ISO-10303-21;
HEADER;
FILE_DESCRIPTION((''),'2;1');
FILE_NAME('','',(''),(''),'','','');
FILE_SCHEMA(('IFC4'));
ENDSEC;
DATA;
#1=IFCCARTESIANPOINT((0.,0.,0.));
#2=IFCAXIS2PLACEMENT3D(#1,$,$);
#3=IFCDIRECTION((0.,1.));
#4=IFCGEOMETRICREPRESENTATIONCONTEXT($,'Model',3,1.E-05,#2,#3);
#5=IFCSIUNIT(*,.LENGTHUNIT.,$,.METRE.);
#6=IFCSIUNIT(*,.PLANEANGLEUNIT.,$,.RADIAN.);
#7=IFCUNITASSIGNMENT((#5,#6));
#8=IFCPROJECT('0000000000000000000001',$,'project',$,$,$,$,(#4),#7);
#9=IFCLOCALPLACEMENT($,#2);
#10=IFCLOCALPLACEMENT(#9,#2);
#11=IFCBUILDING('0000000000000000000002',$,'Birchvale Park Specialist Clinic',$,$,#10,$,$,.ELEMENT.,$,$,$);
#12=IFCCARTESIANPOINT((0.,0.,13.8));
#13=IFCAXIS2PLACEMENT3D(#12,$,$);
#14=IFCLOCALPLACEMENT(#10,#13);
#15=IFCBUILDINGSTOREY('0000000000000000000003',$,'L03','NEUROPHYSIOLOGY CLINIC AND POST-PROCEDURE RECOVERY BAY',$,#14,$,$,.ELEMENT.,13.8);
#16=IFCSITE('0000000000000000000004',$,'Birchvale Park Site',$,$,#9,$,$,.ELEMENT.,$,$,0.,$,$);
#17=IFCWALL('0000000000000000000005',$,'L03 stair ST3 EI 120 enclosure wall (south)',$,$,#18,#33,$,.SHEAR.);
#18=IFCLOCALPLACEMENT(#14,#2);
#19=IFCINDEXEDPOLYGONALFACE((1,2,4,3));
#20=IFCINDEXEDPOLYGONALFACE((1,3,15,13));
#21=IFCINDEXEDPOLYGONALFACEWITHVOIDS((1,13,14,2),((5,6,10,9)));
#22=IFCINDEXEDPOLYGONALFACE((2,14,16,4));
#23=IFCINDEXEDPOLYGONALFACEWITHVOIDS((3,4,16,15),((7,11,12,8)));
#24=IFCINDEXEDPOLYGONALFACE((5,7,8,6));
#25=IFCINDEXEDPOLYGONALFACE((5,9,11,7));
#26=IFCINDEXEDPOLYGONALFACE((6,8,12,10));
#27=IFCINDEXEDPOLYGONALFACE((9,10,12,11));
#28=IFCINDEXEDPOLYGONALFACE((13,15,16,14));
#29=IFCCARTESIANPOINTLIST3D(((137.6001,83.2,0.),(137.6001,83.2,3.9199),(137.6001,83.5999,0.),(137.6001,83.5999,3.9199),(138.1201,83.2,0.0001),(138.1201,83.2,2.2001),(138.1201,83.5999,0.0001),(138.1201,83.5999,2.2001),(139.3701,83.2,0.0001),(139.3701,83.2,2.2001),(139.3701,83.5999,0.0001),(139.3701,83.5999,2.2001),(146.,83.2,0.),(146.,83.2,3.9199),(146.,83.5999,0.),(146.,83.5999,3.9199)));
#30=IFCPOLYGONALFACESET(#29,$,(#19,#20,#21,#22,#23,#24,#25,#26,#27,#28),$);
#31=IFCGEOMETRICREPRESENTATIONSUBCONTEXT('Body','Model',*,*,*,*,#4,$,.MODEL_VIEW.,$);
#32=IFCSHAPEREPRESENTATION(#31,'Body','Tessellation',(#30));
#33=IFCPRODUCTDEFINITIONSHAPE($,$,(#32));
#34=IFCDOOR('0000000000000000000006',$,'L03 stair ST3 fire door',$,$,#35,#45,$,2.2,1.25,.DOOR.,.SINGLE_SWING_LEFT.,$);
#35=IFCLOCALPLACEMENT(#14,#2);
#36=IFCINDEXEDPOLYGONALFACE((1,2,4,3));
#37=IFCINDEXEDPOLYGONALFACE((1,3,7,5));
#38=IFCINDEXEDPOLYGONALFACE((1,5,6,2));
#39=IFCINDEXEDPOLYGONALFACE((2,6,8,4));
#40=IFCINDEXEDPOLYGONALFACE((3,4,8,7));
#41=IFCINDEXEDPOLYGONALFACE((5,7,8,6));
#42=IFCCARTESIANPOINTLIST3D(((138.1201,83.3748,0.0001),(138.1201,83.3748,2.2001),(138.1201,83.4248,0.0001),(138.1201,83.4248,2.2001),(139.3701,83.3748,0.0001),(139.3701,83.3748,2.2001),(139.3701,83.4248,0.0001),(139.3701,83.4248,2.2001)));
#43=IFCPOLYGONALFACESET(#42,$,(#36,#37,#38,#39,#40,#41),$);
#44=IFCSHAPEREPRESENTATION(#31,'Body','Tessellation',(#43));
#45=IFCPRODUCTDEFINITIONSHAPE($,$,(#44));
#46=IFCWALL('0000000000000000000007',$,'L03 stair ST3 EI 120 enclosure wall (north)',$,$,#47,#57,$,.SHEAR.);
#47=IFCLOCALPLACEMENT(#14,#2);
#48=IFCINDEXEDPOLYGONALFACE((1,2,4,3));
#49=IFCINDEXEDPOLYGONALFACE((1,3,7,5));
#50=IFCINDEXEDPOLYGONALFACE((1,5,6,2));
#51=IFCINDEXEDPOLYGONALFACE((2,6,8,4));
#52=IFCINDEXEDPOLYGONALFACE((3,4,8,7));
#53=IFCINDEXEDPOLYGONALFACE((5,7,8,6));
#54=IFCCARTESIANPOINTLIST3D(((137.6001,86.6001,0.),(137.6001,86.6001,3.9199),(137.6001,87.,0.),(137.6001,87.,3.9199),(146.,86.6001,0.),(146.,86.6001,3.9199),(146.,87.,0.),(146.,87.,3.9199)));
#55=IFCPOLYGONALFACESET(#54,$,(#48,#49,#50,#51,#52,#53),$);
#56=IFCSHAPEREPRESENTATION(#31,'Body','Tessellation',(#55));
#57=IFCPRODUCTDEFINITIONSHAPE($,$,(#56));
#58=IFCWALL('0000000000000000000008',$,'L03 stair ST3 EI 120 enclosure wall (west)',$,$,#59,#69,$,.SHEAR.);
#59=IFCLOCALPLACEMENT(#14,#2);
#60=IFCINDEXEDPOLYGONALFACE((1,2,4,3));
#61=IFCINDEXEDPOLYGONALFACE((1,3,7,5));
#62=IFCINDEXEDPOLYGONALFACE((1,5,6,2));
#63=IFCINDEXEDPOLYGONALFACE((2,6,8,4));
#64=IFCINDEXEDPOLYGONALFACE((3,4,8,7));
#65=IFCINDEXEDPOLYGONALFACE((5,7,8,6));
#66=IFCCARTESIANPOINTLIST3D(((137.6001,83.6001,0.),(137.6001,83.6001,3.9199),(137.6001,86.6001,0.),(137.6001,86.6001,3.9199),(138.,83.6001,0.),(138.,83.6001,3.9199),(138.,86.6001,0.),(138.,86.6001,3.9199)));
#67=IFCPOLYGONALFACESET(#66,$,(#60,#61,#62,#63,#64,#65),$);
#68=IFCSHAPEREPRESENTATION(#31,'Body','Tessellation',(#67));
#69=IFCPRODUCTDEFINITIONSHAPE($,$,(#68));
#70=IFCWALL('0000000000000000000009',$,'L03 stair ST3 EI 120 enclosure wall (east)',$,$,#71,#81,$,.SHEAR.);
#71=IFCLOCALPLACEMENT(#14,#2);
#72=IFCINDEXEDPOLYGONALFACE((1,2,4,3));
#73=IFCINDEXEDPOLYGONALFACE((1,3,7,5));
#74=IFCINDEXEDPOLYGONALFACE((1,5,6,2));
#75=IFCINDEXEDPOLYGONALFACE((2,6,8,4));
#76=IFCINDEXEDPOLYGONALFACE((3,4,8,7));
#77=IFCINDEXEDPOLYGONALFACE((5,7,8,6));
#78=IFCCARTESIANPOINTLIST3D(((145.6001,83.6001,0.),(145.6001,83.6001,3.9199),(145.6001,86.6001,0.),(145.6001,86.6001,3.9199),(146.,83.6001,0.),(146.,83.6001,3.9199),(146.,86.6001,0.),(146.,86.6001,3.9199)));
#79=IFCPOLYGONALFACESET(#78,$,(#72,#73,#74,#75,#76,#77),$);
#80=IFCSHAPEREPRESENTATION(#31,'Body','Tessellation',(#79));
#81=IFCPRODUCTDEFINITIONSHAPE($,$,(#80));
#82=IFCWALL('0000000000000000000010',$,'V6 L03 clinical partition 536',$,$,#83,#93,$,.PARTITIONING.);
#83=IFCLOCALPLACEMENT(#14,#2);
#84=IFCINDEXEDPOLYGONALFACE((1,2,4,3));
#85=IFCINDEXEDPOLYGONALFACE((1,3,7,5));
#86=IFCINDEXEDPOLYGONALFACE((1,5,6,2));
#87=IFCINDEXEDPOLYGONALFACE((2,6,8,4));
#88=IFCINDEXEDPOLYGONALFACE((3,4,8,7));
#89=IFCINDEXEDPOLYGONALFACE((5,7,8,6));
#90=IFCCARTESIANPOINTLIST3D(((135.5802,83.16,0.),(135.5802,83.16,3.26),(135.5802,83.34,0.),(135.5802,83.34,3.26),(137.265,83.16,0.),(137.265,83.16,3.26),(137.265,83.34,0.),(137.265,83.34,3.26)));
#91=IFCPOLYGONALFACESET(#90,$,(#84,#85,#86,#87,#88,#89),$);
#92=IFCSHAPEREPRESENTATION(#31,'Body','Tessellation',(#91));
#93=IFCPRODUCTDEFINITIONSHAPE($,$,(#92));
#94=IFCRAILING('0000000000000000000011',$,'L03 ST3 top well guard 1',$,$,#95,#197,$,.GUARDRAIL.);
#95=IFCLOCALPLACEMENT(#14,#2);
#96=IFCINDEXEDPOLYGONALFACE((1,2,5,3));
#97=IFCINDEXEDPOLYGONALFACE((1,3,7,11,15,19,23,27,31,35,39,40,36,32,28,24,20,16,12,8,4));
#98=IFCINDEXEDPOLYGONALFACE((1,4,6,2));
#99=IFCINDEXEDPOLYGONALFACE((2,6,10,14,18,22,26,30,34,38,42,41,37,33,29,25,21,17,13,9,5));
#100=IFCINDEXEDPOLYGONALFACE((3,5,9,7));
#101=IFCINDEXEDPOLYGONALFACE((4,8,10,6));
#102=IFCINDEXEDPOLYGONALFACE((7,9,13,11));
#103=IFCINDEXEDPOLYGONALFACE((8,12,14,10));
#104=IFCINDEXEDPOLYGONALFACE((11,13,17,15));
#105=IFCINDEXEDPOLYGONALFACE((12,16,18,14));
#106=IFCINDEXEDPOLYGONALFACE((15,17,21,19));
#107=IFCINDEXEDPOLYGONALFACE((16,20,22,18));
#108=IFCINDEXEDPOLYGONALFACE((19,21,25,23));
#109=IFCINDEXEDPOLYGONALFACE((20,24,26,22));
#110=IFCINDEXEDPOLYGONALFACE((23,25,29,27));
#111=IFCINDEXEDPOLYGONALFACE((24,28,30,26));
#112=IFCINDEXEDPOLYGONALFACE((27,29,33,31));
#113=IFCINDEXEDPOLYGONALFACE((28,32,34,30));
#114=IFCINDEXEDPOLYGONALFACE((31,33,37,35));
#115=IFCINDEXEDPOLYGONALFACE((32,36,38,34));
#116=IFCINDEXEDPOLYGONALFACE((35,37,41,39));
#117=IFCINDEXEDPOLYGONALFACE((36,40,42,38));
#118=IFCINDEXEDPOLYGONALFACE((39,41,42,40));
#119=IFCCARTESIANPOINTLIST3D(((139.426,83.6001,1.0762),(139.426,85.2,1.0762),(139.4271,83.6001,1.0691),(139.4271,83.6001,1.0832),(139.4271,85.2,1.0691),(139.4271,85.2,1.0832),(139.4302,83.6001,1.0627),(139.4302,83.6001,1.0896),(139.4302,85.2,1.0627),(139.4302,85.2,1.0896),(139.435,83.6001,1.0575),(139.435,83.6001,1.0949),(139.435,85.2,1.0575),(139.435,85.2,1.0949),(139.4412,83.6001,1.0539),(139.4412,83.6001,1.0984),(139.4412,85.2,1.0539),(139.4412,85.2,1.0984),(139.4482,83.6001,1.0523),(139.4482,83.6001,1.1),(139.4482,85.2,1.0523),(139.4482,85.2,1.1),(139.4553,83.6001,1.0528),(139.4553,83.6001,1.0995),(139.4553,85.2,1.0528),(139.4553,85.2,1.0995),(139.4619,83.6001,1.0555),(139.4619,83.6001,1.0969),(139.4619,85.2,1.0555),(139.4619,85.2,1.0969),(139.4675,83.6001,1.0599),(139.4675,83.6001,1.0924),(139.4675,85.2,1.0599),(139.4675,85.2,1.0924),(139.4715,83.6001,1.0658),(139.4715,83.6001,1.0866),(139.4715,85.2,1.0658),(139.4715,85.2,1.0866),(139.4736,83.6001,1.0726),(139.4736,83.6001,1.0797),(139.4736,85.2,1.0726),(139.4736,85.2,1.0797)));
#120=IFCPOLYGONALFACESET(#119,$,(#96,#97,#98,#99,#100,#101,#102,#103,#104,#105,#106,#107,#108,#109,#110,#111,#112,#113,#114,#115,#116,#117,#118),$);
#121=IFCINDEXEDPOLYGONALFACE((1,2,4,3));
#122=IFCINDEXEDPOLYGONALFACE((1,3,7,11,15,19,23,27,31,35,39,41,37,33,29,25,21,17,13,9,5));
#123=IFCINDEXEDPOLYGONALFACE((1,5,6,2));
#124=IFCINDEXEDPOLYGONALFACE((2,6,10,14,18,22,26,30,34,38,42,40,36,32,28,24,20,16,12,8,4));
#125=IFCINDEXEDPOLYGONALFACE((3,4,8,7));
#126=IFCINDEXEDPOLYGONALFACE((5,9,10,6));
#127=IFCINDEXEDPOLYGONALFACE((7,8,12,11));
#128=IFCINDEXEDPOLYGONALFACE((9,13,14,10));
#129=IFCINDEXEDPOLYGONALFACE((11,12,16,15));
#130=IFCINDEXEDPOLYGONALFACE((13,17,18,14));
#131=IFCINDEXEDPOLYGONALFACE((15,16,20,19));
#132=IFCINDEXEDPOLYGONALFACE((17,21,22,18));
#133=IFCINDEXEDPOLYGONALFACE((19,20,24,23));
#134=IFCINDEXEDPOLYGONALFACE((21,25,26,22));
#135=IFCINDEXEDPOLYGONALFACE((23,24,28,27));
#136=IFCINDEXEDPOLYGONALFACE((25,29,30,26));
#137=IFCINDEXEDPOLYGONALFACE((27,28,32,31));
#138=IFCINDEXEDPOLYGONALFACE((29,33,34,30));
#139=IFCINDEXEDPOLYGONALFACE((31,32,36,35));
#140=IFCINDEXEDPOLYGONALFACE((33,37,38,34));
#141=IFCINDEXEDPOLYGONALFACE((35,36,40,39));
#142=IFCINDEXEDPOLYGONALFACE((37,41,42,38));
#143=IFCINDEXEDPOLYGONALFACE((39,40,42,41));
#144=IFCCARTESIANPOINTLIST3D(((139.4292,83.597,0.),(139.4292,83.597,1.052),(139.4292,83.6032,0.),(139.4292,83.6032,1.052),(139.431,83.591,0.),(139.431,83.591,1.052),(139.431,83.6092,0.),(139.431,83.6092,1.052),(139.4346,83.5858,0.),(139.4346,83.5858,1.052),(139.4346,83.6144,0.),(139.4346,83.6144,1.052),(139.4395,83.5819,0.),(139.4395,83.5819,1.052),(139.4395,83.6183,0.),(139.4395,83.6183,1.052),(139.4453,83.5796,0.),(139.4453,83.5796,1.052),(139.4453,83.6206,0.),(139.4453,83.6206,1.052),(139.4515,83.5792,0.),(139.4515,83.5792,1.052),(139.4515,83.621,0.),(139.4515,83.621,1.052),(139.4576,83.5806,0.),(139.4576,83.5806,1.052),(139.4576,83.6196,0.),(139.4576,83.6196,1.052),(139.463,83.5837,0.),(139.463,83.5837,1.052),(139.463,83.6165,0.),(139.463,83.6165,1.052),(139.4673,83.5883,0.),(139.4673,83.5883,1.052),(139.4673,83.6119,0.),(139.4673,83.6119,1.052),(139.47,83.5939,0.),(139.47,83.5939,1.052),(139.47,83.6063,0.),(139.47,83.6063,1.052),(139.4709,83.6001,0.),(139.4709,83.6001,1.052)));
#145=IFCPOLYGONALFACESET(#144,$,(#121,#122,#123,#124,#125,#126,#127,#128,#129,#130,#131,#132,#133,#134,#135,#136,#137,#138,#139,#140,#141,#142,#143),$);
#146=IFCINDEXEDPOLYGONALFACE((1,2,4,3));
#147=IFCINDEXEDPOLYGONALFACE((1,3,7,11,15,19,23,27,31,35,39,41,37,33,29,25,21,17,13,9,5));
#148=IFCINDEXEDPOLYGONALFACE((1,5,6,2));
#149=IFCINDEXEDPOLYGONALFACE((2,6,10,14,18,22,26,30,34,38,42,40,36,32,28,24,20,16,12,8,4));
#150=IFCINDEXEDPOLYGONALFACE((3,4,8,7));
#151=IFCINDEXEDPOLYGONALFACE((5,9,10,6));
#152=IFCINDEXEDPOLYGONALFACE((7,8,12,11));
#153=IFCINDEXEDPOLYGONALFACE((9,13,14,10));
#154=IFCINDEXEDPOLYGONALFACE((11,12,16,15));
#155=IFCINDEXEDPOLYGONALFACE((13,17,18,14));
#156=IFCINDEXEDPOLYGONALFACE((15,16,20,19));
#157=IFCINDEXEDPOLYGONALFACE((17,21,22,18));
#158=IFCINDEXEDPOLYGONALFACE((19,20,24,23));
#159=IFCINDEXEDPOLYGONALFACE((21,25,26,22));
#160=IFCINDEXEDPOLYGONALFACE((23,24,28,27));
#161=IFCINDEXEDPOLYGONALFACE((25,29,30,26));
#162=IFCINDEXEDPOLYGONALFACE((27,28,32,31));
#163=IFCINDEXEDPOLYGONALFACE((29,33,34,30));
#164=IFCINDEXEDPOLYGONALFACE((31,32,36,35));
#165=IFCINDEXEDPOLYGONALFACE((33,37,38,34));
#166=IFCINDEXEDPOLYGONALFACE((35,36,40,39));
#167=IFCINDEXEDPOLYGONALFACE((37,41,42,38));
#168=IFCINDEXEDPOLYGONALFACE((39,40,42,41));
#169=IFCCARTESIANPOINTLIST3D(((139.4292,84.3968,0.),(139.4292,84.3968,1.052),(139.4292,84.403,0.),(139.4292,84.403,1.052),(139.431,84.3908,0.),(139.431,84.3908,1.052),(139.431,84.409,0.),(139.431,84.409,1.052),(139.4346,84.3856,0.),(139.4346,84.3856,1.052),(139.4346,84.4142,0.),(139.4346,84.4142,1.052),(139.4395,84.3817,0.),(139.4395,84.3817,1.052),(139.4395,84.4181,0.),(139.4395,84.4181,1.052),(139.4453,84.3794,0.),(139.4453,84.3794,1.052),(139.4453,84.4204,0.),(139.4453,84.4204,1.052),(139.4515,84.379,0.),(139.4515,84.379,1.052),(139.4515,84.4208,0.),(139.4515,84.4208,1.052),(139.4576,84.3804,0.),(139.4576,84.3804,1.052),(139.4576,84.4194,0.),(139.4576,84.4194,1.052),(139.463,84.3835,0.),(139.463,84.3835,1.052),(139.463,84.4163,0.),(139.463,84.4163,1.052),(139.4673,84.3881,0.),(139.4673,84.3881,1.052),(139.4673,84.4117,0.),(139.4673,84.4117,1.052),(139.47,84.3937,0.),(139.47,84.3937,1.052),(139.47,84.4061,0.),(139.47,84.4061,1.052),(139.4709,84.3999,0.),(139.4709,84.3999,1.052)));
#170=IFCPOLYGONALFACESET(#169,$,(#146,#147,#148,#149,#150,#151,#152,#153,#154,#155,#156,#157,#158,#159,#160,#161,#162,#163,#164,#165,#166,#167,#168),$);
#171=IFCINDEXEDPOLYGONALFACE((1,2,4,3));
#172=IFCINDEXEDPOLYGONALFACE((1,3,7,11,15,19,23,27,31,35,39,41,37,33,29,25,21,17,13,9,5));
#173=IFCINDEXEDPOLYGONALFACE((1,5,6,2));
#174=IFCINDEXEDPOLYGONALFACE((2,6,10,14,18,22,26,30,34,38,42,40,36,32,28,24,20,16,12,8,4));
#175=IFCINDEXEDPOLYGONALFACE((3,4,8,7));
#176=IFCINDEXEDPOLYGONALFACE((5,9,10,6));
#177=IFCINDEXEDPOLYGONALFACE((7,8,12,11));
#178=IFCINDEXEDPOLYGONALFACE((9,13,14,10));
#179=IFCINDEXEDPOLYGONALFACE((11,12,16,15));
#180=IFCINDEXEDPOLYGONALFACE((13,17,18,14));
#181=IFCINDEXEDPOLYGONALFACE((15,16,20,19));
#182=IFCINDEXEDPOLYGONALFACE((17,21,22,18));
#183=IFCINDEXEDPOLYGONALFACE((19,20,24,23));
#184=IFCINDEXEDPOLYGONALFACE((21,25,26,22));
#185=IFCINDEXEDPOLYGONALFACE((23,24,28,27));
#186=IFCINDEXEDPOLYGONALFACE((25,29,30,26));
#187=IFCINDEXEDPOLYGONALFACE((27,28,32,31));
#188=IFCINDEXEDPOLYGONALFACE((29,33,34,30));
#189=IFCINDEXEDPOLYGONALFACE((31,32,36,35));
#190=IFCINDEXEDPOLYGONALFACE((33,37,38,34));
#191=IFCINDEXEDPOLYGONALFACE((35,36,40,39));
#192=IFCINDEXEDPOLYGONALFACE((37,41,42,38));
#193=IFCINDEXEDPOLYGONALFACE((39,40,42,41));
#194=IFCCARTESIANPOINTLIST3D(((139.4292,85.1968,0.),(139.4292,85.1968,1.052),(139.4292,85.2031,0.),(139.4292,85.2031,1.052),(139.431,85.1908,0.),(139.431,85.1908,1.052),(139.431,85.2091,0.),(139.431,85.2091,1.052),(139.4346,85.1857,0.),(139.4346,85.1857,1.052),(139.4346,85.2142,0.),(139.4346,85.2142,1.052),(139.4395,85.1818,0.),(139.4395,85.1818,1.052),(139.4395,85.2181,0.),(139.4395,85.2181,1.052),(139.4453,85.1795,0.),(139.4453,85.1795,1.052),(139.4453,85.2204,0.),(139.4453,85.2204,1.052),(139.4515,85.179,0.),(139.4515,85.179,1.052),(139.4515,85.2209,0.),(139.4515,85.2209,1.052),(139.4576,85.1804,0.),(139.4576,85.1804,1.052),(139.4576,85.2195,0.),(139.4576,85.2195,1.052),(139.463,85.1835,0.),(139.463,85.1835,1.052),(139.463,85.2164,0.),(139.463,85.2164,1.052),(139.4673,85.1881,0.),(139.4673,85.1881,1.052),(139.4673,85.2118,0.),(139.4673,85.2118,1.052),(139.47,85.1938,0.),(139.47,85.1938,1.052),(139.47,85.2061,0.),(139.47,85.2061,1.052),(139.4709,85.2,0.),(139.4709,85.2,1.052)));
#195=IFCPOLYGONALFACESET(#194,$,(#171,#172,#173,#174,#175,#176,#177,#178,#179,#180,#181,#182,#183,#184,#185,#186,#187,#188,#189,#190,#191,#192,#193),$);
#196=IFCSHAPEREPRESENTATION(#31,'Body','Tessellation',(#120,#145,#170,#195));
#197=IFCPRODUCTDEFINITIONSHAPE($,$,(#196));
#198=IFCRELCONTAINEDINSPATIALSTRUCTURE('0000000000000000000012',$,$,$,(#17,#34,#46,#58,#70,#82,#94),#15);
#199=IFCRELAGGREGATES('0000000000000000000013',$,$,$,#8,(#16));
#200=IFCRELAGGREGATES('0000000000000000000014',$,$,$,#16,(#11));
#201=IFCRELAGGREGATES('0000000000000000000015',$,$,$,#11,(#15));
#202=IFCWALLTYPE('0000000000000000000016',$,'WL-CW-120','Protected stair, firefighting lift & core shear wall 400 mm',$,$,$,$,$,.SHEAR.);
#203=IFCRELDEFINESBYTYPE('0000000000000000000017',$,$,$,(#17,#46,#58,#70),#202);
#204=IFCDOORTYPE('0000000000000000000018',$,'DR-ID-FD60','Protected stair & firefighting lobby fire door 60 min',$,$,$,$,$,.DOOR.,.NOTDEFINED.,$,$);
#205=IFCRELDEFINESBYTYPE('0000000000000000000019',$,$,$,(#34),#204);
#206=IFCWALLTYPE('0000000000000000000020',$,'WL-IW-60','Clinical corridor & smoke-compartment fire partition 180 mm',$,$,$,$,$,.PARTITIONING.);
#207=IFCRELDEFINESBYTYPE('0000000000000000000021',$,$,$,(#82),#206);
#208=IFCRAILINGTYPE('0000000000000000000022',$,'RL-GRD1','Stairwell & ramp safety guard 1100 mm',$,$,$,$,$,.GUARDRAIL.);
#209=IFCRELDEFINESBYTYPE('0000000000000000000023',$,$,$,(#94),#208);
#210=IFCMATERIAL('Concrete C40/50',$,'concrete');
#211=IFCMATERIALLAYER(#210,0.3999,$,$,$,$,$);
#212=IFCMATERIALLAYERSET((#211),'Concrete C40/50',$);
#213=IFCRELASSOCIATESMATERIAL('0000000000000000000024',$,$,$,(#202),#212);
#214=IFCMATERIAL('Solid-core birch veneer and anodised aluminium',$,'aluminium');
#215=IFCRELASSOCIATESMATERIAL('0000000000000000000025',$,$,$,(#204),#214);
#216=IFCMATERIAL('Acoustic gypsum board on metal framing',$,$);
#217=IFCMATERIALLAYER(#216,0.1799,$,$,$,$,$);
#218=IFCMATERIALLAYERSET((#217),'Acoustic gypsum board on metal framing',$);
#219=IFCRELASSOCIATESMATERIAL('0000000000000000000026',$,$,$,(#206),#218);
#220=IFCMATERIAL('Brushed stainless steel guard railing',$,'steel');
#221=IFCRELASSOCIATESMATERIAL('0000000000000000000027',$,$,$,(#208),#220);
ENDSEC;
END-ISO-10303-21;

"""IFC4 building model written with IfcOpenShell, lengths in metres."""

from ifc_helpers import new_model, si_unit, direction, frame, frame_2d, origin, origin_2d, place, context, subcontext, project, spatial, rectangle, circle, extrude, material, layer, layer_set, type_object, element, fill, save


model = new_model("IFC4")

# Units and contexts
model_context = context("Model", 3, precision=1e-05, world=origin(), true_north=direction((0.0, 1.0)))
body_context = subcontext(model_context, "Body", "Model", "MODEL_VIEW")
ifc_project = project(units=[si_unit("LENGTHUNIT", "METRE"), si_unit("PLANEANGLEUNIT", "RADIAN")], contexts=[model_context])

# Site, building, storey
site_placement = place(None, origin())
site = spatial("IfcSite", under=ifc_project, at=site_placement, Name="Birchvale Park Site", CompositionType="ELEMENT", RefElevation=0.0)
building_placement = place(site_placement, origin())
building = spatial("IfcBuilding", under=site, at=building_placement, Name="Birchvale Park Specialist Clinic", CompositionType="ELEMENT")
storey_placement = place(building_placement, frame((0.0, 0.0, 13.8)))
storey = spatial("IfcBuildingStorey", under=building, at=storey_placement, Name="L03", Description="NEUROPHYSIOLOGY CLINIC AND POST-PROCEDURE RECOVERY BAY", CompositionType="ELEMENT", Elevation=13.8)

# Shared definitions
ifc_material_1 = material(Name="Concrete C40/50", Category="concrete")

# Wall, opening, door
ifc_layer_1 = layer(ifc_material_1, 0.3999)
ifc_layer_set_1 = layer_set([ifc_layer_1], Name="Concrete C40/50")
wall_type_1 = type_object("IfcWallType", Name="WL-CW-120", Description="Protected stair, firefighting lift & core shear wall 400 mm", PredefinedType="SHEAR", material=ifc_layer_set_1)
wall_1_placement = place(storey_placement, frame((137.6001, 83.3999, 0.0), z_axis=(0.0, 0.0, 1.0), x_axis=(1.0, 0.0, 0.0)))
wall_1 = element("IfcWall", 1, at=wall_1_placement, inside=storey, type_object=wall_type_1, Name="L03 stair ST3 EI 120 enclosure wall (south)", PredefinedType="SHEAR", context=body_context, shape_type="SweptSolid", body=[
    extrude(rectangle(XDim=8.3999, YDim=0.3999, at=frame_2d((4.2, 0.0))), origin(), (0.0, 0.0, 1.0), 3.9199),
])
opening_placement = place(wall_1_placement, frame((0.52, 0.0, 0.0)))
opening = element("IfcOpeningElement", 2, at=opening_placement, cuts=wall_1, PredefinedType="OPENING", context=body_context, shape_type="SweptSolid", body=[
    extrude(rectangle(XDim=1.25, YDim=2.2, at=frame_2d((0.625, 1.1001))), frame((0.0, 0.21, 0.0), z_axis=(0.0, -1.0, 0.0), x_axis=(1.0, 0.0, 0.0)), (0.0, 0.0, 1.0), 0.4199),
])
ifc_material_2 = material(Name="Solid-core birch veneer and anodised aluminium", Category="aluminium")
door_type = type_object("IfcDoorType", Name="DR-ID-FD60", Description="Protected stair & firefighting lobby fire door 60 min", OperationType="NOTDEFINED", PredefinedType="DOOR", material=ifc_material_2)
door_placement = place(opening_placement, origin())
door = element("IfcDoor", 3, at=door_placement, inside=storey, type_object=door_type, Name="L03 stair ST3 fire door", OperationType="SINGLE_SWING_LEFT", OverallHeight=2.2, OverallWidth=1.25, PredefinedType="DOOR", context=body_context, shape_type="SweptSolid", body=[
    extrude(rectangle(XDim=1.25, YDim=2.2, at=frame_2d((0.625, 1.1001))), frame((0.0, 0.0249, 0.0), z_axis=(0.0, -1.0, 0.0), x_axis=(1.0, 0.0, 0.0)), (0.0, 0.0, 1.0), 0.05),
])
fill(opening, door)

# Walls
wall_2_placement = place(storey_placement, frame((146.0, 86.8, 0.0), z_axis=(0.0, 0.0, 1.0), x_axis=(-1.0, 0.0, 0.0)))
element("IfcWall", 4, at=wall_2_placement, inside=storey, type_object=wall_type_1, Name="L03 stair ST3 EI 120 enclosure wall (north)", PredefinedType="SHEAR", context=body_context, shape_type="SweptSolid", body=[
    extrude(rectangle(XDim=8.3999, YDim=0.3999, at=frame_2d((4.2, 0.0))), origin(), (0.0, 0.0, 1.0), 3.9199),
])
for number, where, z_axis, x_axis, name in (
    (5, (137.8, 83.6001, 0.0), (0.0, 0.0, 1.0), (0.0, 1.0, 0.0), "L03 stair ST3 EI 120 enclosure wall (west)"),
    (6, (145.8, 86.6001, 0.0), (0.0, 0.0, 1.0), (0.0, -1.0, 0.0), "L03 stair ST3 EI 120 enclosure wall (east)"),
):
    element("IfcWall", number, at=place(storey_placement, frame(where, z_axis=z_axis, x_axis=x_axis)), inside=storey, type_object=wall_type_1, Name=name, PredefinedType="SHEAR", context=body_context, shape_type="SweptSolid", body=[
        extrude(rectangle(XDim=3.0, YDim=0.3999, at=frame_2d((1.5, 0.0))), origin(), (0.0, 0.0, 1.0), 3.9199),
    ])
ifc_material_3 = material(Name="Acoustic gypsum board on metal framing")
ifc_layer_2 = layer(ifc_material_3, 0.1799)
ifc_layer_set_2 = layer_set([ifc_layer_2], Name="Acoustic gypsum board on metal framing")
wall_type_2 = type_object("IfcWallType", Name="WL-IW-60", Description="Clinical corridor & smoke-compartment fire partition 180 mm", PredefinedType="PARTITIONING", material=ifc_layer_set_2)
wall_3_placement = place(storey_placement, frame((137.2649, 83.25, 0.0), z_axis=(0.0, 0.0, 1.0), x_axis=(-1.0, 0.0, 0.0)))
element("IfcWall", 7, at=wall_3_placement, inside=storey, type_object=wall_type_2, Name="V6 L03 clinical partition 536", PredefinedType="PARTITIONING", context=body_context, shape_type="SweptSolid", body=[
    extrude(rectangle(XDim=1.6848, YDim=0.1799, at=frame_2d((0.8423, 0.0))), origin(), (0.0, 0.0, 1.0), 3.26),
])

# Railing
ifc_material_4 = material(Name="Brushed stainless steel guard railing", Category="steel")
railing_type = type_object("IfcRailingType", Name="RL-GRD1", Description="Stairwell & ramp safety guard 1100 mm", PredefinedType="GUARDRAIL", material=ifc_material_4)
railing_placement = place(storey_placement, frame((139.45, 83.6001, 0.0)))
element("IfcRailing", 8, at=railing_placement, inside=storey, type_object=railing_type, Name="L03 ST3 top well guard 1", PredefinedType="GUARDRAIL", context=body_context, shape_type="SweptSolid", body=[
    extrude(circle(Radius=0.0239, at=origin_2d()), frame((0.0, 0.0, 1.0762), z_axis=(0.0, 1.0, 0.0), x_axis=(-1.0, 0.0, 0.0)), (0.0, 0.0, 1.0), 1.5999),
    extrude(circle(Radius=0.021, at=origin_2d()), origin(), (0.0, 0.0, 1.0), 1.052),
    extrude(circle(Radius=0.021, at=origin_2d()), frame((0.0, 0.7998, 0.0)), (0.0, 0.0, 1.0), 1.052),
    extrude(circle(Radius=0.021, at=origin_2d()), frame((0.0, 1.5999, 0.0)), (0.0, 0.0, 1.0), 1.052),
])

save(model, "model.ifc")
